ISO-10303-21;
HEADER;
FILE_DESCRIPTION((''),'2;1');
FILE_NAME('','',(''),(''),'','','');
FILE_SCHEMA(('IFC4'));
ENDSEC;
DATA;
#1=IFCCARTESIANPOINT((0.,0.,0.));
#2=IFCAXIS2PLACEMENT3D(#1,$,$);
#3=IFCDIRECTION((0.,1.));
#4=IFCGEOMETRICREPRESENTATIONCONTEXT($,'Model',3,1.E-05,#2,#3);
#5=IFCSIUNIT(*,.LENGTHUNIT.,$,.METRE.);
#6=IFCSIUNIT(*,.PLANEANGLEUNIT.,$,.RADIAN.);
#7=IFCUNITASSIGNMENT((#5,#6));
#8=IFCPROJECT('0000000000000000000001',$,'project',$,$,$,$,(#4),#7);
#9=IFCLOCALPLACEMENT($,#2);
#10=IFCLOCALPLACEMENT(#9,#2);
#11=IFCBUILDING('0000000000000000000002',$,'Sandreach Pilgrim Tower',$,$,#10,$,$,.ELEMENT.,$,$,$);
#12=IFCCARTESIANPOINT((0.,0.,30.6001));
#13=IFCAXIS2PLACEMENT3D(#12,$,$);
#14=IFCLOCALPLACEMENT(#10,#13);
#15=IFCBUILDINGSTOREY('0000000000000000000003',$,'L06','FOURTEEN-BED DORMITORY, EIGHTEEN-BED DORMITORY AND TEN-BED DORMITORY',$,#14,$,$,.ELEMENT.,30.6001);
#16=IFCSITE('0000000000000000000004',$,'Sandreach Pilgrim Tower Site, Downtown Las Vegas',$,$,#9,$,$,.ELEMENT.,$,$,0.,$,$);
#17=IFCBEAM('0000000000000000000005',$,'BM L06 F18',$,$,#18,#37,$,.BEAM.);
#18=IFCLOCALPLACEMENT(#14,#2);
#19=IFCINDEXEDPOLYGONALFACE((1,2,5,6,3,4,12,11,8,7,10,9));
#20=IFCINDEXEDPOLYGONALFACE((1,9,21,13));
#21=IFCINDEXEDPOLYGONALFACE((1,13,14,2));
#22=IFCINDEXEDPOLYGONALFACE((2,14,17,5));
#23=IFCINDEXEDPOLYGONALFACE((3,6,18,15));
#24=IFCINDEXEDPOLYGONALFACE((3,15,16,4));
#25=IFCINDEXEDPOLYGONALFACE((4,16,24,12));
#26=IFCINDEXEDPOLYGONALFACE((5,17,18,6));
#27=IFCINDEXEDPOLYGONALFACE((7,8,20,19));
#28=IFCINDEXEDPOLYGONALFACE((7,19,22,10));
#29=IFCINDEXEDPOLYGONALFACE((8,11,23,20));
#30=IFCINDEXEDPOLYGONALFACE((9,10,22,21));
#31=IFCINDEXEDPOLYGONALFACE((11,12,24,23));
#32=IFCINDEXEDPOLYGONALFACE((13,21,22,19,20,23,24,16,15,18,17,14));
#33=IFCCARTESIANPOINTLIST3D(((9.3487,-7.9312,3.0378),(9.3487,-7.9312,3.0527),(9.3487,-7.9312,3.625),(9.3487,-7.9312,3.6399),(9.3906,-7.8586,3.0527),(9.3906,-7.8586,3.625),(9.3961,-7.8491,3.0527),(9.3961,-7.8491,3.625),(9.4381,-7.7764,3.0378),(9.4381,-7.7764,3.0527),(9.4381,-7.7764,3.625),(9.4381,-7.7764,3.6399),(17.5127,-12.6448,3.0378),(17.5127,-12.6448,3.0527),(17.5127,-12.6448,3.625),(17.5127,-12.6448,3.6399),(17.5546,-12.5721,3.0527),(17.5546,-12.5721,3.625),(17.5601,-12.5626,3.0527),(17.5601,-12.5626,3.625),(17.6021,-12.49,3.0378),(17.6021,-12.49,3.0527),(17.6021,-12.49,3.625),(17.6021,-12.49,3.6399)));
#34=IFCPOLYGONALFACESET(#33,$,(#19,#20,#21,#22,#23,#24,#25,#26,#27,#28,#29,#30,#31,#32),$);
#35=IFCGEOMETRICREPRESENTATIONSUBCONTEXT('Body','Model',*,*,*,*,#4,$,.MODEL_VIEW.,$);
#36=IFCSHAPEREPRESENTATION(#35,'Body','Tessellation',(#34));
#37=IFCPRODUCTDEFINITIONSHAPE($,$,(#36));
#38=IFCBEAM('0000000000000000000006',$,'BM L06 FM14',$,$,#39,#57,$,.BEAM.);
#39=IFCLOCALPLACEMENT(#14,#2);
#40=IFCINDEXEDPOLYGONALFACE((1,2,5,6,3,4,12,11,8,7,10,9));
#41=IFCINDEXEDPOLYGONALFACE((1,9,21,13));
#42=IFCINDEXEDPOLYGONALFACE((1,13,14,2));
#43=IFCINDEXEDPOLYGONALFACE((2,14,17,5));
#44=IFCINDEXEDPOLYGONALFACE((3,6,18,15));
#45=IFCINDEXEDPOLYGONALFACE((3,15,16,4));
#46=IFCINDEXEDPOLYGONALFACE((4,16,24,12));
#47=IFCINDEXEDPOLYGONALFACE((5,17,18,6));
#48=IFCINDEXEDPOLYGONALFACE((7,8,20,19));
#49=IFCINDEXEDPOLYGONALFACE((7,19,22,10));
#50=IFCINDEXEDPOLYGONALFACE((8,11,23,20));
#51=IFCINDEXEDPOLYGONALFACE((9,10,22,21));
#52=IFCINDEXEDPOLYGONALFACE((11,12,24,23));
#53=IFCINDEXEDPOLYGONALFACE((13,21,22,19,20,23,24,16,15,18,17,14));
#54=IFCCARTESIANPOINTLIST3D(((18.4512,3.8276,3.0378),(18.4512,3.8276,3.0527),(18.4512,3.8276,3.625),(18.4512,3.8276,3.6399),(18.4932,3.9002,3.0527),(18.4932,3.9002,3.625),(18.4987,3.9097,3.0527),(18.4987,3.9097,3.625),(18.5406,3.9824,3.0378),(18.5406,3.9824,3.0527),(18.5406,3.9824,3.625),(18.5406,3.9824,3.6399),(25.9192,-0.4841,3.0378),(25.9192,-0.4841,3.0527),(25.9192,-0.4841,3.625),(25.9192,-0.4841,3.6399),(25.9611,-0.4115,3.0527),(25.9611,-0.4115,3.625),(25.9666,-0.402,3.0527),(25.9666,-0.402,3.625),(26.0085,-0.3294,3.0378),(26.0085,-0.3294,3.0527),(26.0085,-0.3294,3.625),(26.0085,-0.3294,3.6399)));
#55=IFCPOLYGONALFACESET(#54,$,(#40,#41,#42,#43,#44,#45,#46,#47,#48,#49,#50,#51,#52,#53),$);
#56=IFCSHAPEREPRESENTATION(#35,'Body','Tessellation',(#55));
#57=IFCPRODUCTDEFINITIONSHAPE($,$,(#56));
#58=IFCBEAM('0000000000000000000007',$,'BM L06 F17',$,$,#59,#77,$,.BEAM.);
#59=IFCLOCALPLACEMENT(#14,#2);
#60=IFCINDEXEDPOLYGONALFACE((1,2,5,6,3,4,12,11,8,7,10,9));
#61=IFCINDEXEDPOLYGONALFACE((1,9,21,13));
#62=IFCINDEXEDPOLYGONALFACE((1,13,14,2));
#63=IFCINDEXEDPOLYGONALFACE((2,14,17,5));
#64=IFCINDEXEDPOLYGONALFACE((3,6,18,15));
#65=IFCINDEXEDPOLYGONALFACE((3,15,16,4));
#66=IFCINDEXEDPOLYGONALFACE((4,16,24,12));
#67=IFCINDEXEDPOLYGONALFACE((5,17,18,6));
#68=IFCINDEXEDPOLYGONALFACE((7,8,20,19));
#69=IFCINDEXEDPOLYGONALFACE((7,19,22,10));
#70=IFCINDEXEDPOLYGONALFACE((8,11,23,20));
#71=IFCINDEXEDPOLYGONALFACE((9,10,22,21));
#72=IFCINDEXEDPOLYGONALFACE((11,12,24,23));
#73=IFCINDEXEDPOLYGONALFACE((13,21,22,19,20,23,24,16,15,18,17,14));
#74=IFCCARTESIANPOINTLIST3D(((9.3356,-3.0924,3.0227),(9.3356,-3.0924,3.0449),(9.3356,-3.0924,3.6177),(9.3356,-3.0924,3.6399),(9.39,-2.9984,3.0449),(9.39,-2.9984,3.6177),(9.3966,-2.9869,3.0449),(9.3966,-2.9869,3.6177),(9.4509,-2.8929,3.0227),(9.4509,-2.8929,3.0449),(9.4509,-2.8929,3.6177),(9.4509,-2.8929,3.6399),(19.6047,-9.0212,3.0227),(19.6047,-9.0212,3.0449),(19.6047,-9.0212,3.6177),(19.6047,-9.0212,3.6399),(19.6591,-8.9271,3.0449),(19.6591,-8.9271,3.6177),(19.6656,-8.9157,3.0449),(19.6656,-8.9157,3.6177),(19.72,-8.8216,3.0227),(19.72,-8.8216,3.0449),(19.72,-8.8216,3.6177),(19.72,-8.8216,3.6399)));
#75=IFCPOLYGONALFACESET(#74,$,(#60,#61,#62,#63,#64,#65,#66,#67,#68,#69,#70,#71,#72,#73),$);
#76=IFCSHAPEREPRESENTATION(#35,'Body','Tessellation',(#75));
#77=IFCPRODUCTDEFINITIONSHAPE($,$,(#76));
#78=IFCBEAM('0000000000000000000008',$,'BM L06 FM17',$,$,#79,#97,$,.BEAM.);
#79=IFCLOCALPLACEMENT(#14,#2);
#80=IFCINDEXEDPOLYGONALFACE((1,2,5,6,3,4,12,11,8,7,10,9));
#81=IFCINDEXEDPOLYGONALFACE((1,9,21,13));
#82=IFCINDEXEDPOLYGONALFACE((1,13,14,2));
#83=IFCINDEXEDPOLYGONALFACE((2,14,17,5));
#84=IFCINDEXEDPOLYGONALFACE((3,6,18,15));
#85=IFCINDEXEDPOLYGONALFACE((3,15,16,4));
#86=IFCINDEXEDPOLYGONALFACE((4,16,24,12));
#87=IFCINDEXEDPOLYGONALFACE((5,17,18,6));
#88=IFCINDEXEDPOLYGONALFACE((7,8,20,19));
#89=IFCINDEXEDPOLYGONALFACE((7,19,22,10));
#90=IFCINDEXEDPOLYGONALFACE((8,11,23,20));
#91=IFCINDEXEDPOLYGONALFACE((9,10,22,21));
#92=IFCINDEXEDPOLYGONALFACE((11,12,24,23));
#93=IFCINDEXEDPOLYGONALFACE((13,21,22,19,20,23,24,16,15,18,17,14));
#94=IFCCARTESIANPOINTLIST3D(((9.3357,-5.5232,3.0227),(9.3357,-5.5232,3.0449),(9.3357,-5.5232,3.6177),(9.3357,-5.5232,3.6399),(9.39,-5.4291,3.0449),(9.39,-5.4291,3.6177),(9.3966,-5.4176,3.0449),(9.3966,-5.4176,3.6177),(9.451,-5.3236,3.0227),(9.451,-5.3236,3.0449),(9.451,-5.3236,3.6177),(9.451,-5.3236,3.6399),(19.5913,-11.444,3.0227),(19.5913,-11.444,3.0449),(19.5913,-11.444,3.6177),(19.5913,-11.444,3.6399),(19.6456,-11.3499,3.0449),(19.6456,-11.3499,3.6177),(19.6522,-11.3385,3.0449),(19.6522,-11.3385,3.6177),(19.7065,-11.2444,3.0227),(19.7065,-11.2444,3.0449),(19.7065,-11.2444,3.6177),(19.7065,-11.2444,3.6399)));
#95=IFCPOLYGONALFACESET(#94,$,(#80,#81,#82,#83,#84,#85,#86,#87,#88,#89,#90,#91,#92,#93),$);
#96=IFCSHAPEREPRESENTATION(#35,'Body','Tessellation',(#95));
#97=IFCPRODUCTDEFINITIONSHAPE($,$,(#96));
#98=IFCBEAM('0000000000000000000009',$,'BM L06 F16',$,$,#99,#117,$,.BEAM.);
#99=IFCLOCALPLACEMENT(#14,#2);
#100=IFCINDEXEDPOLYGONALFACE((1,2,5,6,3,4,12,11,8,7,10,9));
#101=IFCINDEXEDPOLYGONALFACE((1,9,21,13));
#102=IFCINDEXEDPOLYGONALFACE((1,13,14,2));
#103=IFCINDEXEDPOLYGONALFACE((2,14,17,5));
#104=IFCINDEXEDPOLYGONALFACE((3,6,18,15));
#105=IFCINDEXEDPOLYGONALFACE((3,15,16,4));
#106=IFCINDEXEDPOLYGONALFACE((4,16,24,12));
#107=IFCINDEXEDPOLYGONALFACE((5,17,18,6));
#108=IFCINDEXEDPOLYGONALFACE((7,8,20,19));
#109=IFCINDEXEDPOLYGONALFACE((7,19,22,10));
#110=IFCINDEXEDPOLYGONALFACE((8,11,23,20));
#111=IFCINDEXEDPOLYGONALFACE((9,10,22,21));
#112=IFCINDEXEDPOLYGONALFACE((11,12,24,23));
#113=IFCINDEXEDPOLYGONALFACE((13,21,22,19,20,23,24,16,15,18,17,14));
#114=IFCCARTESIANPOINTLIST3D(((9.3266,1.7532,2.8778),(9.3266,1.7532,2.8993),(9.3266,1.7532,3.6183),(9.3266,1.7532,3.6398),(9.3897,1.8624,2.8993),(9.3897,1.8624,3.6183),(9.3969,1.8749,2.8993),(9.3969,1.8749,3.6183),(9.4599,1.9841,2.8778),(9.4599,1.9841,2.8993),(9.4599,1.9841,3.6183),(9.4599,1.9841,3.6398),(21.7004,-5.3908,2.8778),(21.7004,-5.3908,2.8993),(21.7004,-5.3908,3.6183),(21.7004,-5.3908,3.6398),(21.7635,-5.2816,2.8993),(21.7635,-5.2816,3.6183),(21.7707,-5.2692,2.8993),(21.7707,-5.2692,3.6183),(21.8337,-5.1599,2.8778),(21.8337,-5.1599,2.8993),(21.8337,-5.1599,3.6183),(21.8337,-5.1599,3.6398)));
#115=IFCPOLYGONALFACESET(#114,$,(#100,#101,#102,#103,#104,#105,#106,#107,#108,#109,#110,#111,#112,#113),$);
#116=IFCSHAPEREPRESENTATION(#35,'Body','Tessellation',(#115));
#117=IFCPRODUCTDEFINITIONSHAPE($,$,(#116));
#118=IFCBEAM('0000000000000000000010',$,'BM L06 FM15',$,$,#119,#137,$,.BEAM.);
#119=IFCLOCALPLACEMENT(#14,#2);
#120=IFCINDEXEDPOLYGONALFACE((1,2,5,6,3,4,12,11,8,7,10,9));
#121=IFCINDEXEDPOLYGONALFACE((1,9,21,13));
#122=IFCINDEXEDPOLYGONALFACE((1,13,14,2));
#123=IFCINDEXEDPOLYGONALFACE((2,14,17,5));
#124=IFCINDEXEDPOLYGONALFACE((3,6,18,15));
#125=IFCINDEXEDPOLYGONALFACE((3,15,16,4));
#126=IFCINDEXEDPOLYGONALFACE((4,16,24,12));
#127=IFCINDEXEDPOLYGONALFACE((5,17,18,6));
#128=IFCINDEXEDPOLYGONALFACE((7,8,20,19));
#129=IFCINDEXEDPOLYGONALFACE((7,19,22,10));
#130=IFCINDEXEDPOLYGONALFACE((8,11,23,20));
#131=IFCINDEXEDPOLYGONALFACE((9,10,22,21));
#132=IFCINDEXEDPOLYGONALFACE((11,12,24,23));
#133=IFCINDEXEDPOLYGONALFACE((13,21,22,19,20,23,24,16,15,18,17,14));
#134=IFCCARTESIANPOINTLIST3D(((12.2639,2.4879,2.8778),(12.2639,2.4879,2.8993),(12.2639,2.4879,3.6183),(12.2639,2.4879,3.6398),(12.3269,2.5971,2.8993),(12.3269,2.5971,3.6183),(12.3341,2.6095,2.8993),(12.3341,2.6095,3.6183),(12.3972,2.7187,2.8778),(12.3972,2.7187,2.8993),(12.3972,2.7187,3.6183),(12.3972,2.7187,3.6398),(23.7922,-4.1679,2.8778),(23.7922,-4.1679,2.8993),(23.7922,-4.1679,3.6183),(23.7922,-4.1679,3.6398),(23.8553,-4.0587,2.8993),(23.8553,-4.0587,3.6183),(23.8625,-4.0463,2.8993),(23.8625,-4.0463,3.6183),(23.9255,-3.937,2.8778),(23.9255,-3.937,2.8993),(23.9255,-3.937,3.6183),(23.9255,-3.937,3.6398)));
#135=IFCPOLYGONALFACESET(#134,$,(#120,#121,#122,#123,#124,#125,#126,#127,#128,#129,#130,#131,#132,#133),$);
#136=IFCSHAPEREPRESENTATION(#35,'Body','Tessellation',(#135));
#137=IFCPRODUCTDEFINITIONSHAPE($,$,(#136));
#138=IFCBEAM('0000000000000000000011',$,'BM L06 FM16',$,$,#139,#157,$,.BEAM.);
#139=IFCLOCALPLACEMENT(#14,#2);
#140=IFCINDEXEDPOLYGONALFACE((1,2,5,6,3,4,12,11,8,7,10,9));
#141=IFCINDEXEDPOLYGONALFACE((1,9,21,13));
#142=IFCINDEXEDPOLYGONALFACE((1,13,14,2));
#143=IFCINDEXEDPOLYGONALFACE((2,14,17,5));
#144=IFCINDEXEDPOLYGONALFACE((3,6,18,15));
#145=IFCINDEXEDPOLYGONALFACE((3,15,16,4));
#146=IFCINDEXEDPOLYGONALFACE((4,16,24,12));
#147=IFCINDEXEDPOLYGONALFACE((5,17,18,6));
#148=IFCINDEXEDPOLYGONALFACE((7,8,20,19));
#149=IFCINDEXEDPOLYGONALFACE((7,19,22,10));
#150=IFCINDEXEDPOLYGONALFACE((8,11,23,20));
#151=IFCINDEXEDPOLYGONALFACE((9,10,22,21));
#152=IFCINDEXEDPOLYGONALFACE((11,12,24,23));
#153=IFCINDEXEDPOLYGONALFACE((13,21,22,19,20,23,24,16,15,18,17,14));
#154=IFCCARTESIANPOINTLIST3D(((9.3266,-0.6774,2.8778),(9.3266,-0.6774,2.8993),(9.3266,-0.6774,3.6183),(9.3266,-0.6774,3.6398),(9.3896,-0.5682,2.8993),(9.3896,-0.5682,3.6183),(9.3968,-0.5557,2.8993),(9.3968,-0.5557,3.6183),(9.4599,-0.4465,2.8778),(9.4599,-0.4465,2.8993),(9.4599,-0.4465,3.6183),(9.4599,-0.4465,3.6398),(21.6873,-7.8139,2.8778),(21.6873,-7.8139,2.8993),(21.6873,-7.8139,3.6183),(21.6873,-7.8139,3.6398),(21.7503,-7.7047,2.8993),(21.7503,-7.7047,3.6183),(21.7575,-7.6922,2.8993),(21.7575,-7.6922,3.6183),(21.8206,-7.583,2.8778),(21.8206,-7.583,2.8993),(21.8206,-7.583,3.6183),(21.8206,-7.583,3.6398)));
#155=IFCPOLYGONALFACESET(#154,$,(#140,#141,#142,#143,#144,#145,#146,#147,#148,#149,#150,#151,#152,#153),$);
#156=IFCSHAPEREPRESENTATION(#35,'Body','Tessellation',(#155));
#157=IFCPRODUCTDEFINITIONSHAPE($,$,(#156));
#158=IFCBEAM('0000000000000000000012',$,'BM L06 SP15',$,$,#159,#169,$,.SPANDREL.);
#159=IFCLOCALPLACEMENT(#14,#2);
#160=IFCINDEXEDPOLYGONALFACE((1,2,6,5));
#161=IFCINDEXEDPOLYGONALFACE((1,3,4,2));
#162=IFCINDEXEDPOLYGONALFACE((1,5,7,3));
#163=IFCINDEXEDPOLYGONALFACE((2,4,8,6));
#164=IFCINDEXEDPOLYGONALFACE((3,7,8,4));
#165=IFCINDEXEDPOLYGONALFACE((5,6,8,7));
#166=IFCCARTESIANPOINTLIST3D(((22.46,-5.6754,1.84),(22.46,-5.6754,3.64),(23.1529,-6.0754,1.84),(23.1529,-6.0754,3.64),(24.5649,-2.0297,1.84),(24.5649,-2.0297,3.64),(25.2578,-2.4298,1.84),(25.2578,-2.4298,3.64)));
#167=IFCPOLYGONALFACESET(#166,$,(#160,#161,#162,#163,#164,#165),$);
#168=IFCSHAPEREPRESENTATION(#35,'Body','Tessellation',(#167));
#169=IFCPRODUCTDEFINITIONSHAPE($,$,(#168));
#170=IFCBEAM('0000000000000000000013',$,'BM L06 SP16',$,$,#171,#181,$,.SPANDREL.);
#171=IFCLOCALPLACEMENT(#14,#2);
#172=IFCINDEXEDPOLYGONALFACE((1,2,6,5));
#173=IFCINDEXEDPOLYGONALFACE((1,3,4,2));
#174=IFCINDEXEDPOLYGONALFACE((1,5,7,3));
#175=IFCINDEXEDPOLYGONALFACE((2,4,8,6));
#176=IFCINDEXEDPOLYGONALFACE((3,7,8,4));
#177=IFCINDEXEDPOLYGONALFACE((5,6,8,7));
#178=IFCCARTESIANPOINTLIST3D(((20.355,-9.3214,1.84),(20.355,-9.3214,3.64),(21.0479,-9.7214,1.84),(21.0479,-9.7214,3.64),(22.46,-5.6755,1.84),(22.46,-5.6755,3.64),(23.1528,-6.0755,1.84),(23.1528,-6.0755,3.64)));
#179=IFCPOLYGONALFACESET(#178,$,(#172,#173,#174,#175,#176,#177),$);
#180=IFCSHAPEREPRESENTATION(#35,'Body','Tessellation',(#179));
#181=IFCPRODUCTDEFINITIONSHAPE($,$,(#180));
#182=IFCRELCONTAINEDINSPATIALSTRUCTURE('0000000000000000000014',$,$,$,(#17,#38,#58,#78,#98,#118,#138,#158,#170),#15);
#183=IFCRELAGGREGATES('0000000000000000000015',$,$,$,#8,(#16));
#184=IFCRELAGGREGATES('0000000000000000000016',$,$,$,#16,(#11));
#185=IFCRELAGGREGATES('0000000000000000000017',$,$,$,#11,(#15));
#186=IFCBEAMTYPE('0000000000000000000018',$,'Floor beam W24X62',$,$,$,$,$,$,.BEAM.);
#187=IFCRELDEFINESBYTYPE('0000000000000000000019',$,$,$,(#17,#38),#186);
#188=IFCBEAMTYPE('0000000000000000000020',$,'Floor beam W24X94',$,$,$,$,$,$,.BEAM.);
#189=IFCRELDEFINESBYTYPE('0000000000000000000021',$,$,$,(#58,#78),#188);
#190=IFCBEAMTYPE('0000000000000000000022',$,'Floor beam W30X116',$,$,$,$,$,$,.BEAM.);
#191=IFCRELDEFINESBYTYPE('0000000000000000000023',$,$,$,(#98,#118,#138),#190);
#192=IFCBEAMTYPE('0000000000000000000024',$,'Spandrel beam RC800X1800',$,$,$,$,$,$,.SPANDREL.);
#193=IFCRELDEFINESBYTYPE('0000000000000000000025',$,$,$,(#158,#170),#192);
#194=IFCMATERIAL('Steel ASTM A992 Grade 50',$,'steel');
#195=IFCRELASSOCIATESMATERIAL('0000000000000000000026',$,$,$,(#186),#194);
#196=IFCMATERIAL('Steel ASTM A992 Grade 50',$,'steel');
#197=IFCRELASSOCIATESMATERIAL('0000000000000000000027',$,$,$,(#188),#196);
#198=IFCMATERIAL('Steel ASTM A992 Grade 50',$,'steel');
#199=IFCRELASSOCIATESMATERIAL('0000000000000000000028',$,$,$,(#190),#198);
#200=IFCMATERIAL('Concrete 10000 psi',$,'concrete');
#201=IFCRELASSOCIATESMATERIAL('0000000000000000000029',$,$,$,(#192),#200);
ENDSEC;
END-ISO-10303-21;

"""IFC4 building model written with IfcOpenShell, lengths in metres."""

from ifc_helpers import new_model, si_unit, direction, frame, origin, origin_2d, place, context, subcontext, project, spatial, rectangle, i_section, extrude, material, material_profile, profile_set, type_object, element, save


model = new_model("IFC4")

# Units and contexts
model_context = context("Model", 3, precision=1e-05, world=origin(), true_north=direction((0.0, 1.0)))
body_context = subcontext(model_context, "Body", "Model", "MODEL_VIEW")
ifc_project = project(units=[si_unit("LENGTHUNIT", "METRE"), si_unit("PLANEANGLEUNIT", "RADIAN")], contexts=[model_context])

# Site, building, storey
site_placement = place(None, origin())
site = spatial("IfcSite", under=ifc_project, at=site_placement, Name="Sandreach Pilgrim Tower Site, Downtown Las Vegas", CompositionType="ELEMENT", RefElevation=0.0)
building_placement = place(site_placement, origin())
building = spatial("IfcBuilding", under=site, at=building_placement, Name="Sandreach Pilgrim Tower", CompositionType="ELEMENT")
storey_placement = place(building_placement, frame((0.0, 0.0, 30.6001)))
storey = spatial("IfcBuildingStorey", under=building, at=storey_placement, Name="L06", Description="FOURTEEN-BED DORMITORY, EIGHTEEN-BED DORMITORY AND TEN-BED DORMITORY", CompositionType="ELEMENT", Elevation=30.6001)

# Beams
ifc_material_1 = material(Name="Steel ASTM A992 Grade 50", Category="steel")
ifc_material_profile_1 = material_profile(ifc_material_1, i_section(OverallWidth=0.1787, OverallDepth=0.6021, WebThickness=0.011, FlangeThickness=0.0149, at=origin_2d()), Name="W24X62")
ifc_profile_set_1 = profile_set([ifc_material_profile_1], Name="Steel ASTM A992 Grade 50")
beam_type_1 = type_object("IfcBeamType", Name="Floor beam W24X62", PredefinedType="BEAM", material=ifc_profile_set_1)
beam_1_placement = place(storey_placement, frame((17.5574, -12.5674, 3.3389), z_axis=(-0.866021, 0.500008, 0.0), x_axis=(-0.500008, -0.866021, 0.0)))
element("IfcBeam", 1, at=beam_1_placement, inside=storey, type_object=beam_type_1, Name="BM L06 F18", PredefinedType="BEAM", context=body_context, shape_type="SweptSolid", body=[
    extrude(i_section(OverallWidth=0.1787, OverallDepth=0.6021, WebThickness=0.011, FlangeThickness=0.0149, at=origin_2d()), origin(), (0.0, 0.0, 1.0), 9.427),
])
beam_2_placement = place(storey_placement, frame((25.9639, -0.4067, 3.3389), z_axis=(-0.86602, 0.500009, 0.0), x_axis=(-0.500009, -0.86602, 0.0)))
element("IfcBeam", 2, at=beam_2_placement, inside=storey, type_object=beam_type_1, Name="BM L06 FM14", PredefinedType="BEAM", context=body_context, shape_type="SweptSolid", body=[
    extrude(i_section(OverallWidth=0.1787, OverallDepth=0.6021, WebThickness=0.011, FlangeThickness=0.0149, at=origin_2d()), origin(), (0.0, 0.0, 1.0), 8.6233),
])
ifc_material_2 = material(Name="Steel ASTM A992 Grade 50", Category="steel")
ifc_material_profile_2 = material_profile(ifc_material_2, i_section(OverallWidth=0.2305, OverallDepth=0.6172, WebThickness=0.0132, FlangeThickness=0.0222, at=origin_2d()), Name="W24X94")
ifc_profile_set_2 = profile_set([ifc_material_profile_2], Name="Steel ASTM A992 Grade 50")
beam_type_2 = type_object("IfcBeamType", Name="Floor beam W24X94", PredefinedType="BEAM", material=ifc_profile_set_2)
beam_3_placement = place(storey_placement, frame((19.6624, -8.9214, 3.3313), z_axis=(-0.86603, 0.499992, 0.0), x_axis=(-0.499992, -0.86603, 0.0)))
element("IfcBeam", 3, at=beam_3_placement, inside=storey, type_object=beam_type_2, Name="BM L06 F17", PredefinedType="BEAM", context=body_context, shape_type="SweptSolid", body=[
    extrude(i_section(OverallWidth=0.2305, OverallDepth=0.6172, WebThickness=0.0132, FlangeThickness=0.0222, at=origin_2d()), origin(), (0.0, 0.0, 1.0), 11.8577),
])
beam_4_placement = place(storey_placement, frame((19.6489, -11.3442, 3.3313), z_axis=(-0.866032, 0.499988, 0.0), x_axis=(-0.499988, -0.866032, 0.0)))
element("IfcBeam", 4, at=beam_4_placement, inside=storey, type_object=beam_type_2, Name="BM L06 FM17", PredefinedType="BEAM", context=body_context, shape_type="SweptSolid", body=[
    extrude(i_section(OverallWidth=0.2305, OverallDepth=0.6172, WebThickness=0.0132, FlangeThickness=0.0222, at=origin_2d()), origin(), (0.0, 0.0, 1.0), 11.842),
])
ifc_material_3 = material(Name="Steel ASTM A992 Grade 50", Category="steel")
ifc_material_profile_3 = material_profile(ifc_material_3, i_section(OverallWidth=0.2666, OverallDepth=0.762, WebThickness=0.0144, FlangeThickness=0.0215, at=origin_2d()), Name="W30X116")
ifc_profile_set_3 = profile_set([ifc_material_profile_3], Name="Steel ASTM A992 Grade 50")
beam_type_3 = type_object("IfcBeamType", Name="Floor beam W30X116", PredefinedType="BEAM", material=ifc_profile_set_3)
beam_5_placement = place(storey_placement, frame((21.7671, -5.2754, 3.2588), z_axis=(-0.866024, 0.500002, 0.0), x_axis=(-0.500002, -0.866024, 0.0)))
element("IfcBeam", 5, at=beam_5_placement, inside=storey, type_object=beam_type_3, Name="BM L06 F16", PredefinedType="BEAM", context=body_context, shape_type="SweptSolid", body=[
    extrude(i_section(OverallWidth=0.2666, OverallDepth=0.762, WebThickness=0.0144, FlangeThickness=0.0215, at=origin_2d()), origin(), (0.0, 0.0, 1.0), 14.2881),
])
beam_6_placement = place(storey_placement, frame((23.8589, -4.0525, 3.2588), z_axis=(-0.866029, 0.499993, 0.0), x_axis=(-0.499993, -0.866029, 0.0)))
element("IfcBeam", 6, at=beam_6_placement, inside=storey, type_object=beam_type_3, Name="BM L06 FM15", PredefinedType="BEAM", context=body_context, shape_type="SweptSolid", body=[
    extrude(i_section(OverallWidth=0.2666, OverallDepth=0.762, WebThickness=0.0144, FlangeThickness=0.0215, at=origin_2d()), origin(), (0.0, 0.0, 1.0), 13.3118),
])
beam_7_placement = place(storey_placement, frame((21.7539, -7.6985, 3.2588), z_axis=(-0.866023, 0.500004, 0.0), x_axis=(-0.500004, -0.866023, 0.0)))
element("IfcBeam", 7, at=beam_7_placement, inside=storey, type_object=beam_type_3, Name="BM L06 FM16", PredefinedType="BEAM", context=body_context, shape_type="SweptSolid", body=[
    extrude(i_section(OverallWidth=0.2666, OverallDepth=0.762, WebThickness=0.0144, FlangeThickness=0.0215, at=origin_2d()), origin(), (0.0, 0.0, 1.0), 14.2729),
])
ifc_material_4 = material(Name="Concrete 10000 psi", Category="concrete")
ifc_material_profile_4 = material_profile(ifc_material_4, rectangle(XDim=0.8, YDim=1.8, at=origin_2d()), Name="RC800X1800")
ifc_profile_set_4 = profile_set([ifc_material_profile_4], Name="Concrete 10000 psi")
beam_type_4 = type_object("IfcBeamType", Name="Spandrel beam RC800X1800", PredefinedType="SPANDREL", material=ifc_profile_set_4)
beam_8_placement = place(storey_placement, frame((24.9114, -2.2297, 2.74), z_axis=(-0.500019, -0.866015, 0.0), x_axis=(0.866015, -0.500019, 0.0)))
element("IfcBeam", 8, at=beam_8_placement, inside=storey, type_object=beam_type_4, Name="BM L06 SP15", PredefinedType="SPANDREL", context=body_context, shape_type="SweptSolid", body=[
    extrude(rectangle(XDim=0.8, YDim=1.8, at=origin_2d()), origin(), (0.0, 0.0, 1.0), 4.2097),
])
beam_9_placement = place(storey_placement, frame((22.8064, -5.8755, 2.74), z_axis=(-0.499994, -0.866029, 0.0), x_axis=(0.866029, -0.499994, 0.0)))
element("IfcBeam", 9, at=beam_9_placement, inside=storey, type_object=beam_type_4, Name="BM L06 SP16", PredefinedType="SPANDREL", context=body_context, shape_type="SweptSolid", body=[
    extrude(rectangle(XDim=0.8, YDim=1.8, at=origin_2d()), origin(), (0.0, 0.0, 1.0), 4.21),
])

save(model, "model.ifc")
